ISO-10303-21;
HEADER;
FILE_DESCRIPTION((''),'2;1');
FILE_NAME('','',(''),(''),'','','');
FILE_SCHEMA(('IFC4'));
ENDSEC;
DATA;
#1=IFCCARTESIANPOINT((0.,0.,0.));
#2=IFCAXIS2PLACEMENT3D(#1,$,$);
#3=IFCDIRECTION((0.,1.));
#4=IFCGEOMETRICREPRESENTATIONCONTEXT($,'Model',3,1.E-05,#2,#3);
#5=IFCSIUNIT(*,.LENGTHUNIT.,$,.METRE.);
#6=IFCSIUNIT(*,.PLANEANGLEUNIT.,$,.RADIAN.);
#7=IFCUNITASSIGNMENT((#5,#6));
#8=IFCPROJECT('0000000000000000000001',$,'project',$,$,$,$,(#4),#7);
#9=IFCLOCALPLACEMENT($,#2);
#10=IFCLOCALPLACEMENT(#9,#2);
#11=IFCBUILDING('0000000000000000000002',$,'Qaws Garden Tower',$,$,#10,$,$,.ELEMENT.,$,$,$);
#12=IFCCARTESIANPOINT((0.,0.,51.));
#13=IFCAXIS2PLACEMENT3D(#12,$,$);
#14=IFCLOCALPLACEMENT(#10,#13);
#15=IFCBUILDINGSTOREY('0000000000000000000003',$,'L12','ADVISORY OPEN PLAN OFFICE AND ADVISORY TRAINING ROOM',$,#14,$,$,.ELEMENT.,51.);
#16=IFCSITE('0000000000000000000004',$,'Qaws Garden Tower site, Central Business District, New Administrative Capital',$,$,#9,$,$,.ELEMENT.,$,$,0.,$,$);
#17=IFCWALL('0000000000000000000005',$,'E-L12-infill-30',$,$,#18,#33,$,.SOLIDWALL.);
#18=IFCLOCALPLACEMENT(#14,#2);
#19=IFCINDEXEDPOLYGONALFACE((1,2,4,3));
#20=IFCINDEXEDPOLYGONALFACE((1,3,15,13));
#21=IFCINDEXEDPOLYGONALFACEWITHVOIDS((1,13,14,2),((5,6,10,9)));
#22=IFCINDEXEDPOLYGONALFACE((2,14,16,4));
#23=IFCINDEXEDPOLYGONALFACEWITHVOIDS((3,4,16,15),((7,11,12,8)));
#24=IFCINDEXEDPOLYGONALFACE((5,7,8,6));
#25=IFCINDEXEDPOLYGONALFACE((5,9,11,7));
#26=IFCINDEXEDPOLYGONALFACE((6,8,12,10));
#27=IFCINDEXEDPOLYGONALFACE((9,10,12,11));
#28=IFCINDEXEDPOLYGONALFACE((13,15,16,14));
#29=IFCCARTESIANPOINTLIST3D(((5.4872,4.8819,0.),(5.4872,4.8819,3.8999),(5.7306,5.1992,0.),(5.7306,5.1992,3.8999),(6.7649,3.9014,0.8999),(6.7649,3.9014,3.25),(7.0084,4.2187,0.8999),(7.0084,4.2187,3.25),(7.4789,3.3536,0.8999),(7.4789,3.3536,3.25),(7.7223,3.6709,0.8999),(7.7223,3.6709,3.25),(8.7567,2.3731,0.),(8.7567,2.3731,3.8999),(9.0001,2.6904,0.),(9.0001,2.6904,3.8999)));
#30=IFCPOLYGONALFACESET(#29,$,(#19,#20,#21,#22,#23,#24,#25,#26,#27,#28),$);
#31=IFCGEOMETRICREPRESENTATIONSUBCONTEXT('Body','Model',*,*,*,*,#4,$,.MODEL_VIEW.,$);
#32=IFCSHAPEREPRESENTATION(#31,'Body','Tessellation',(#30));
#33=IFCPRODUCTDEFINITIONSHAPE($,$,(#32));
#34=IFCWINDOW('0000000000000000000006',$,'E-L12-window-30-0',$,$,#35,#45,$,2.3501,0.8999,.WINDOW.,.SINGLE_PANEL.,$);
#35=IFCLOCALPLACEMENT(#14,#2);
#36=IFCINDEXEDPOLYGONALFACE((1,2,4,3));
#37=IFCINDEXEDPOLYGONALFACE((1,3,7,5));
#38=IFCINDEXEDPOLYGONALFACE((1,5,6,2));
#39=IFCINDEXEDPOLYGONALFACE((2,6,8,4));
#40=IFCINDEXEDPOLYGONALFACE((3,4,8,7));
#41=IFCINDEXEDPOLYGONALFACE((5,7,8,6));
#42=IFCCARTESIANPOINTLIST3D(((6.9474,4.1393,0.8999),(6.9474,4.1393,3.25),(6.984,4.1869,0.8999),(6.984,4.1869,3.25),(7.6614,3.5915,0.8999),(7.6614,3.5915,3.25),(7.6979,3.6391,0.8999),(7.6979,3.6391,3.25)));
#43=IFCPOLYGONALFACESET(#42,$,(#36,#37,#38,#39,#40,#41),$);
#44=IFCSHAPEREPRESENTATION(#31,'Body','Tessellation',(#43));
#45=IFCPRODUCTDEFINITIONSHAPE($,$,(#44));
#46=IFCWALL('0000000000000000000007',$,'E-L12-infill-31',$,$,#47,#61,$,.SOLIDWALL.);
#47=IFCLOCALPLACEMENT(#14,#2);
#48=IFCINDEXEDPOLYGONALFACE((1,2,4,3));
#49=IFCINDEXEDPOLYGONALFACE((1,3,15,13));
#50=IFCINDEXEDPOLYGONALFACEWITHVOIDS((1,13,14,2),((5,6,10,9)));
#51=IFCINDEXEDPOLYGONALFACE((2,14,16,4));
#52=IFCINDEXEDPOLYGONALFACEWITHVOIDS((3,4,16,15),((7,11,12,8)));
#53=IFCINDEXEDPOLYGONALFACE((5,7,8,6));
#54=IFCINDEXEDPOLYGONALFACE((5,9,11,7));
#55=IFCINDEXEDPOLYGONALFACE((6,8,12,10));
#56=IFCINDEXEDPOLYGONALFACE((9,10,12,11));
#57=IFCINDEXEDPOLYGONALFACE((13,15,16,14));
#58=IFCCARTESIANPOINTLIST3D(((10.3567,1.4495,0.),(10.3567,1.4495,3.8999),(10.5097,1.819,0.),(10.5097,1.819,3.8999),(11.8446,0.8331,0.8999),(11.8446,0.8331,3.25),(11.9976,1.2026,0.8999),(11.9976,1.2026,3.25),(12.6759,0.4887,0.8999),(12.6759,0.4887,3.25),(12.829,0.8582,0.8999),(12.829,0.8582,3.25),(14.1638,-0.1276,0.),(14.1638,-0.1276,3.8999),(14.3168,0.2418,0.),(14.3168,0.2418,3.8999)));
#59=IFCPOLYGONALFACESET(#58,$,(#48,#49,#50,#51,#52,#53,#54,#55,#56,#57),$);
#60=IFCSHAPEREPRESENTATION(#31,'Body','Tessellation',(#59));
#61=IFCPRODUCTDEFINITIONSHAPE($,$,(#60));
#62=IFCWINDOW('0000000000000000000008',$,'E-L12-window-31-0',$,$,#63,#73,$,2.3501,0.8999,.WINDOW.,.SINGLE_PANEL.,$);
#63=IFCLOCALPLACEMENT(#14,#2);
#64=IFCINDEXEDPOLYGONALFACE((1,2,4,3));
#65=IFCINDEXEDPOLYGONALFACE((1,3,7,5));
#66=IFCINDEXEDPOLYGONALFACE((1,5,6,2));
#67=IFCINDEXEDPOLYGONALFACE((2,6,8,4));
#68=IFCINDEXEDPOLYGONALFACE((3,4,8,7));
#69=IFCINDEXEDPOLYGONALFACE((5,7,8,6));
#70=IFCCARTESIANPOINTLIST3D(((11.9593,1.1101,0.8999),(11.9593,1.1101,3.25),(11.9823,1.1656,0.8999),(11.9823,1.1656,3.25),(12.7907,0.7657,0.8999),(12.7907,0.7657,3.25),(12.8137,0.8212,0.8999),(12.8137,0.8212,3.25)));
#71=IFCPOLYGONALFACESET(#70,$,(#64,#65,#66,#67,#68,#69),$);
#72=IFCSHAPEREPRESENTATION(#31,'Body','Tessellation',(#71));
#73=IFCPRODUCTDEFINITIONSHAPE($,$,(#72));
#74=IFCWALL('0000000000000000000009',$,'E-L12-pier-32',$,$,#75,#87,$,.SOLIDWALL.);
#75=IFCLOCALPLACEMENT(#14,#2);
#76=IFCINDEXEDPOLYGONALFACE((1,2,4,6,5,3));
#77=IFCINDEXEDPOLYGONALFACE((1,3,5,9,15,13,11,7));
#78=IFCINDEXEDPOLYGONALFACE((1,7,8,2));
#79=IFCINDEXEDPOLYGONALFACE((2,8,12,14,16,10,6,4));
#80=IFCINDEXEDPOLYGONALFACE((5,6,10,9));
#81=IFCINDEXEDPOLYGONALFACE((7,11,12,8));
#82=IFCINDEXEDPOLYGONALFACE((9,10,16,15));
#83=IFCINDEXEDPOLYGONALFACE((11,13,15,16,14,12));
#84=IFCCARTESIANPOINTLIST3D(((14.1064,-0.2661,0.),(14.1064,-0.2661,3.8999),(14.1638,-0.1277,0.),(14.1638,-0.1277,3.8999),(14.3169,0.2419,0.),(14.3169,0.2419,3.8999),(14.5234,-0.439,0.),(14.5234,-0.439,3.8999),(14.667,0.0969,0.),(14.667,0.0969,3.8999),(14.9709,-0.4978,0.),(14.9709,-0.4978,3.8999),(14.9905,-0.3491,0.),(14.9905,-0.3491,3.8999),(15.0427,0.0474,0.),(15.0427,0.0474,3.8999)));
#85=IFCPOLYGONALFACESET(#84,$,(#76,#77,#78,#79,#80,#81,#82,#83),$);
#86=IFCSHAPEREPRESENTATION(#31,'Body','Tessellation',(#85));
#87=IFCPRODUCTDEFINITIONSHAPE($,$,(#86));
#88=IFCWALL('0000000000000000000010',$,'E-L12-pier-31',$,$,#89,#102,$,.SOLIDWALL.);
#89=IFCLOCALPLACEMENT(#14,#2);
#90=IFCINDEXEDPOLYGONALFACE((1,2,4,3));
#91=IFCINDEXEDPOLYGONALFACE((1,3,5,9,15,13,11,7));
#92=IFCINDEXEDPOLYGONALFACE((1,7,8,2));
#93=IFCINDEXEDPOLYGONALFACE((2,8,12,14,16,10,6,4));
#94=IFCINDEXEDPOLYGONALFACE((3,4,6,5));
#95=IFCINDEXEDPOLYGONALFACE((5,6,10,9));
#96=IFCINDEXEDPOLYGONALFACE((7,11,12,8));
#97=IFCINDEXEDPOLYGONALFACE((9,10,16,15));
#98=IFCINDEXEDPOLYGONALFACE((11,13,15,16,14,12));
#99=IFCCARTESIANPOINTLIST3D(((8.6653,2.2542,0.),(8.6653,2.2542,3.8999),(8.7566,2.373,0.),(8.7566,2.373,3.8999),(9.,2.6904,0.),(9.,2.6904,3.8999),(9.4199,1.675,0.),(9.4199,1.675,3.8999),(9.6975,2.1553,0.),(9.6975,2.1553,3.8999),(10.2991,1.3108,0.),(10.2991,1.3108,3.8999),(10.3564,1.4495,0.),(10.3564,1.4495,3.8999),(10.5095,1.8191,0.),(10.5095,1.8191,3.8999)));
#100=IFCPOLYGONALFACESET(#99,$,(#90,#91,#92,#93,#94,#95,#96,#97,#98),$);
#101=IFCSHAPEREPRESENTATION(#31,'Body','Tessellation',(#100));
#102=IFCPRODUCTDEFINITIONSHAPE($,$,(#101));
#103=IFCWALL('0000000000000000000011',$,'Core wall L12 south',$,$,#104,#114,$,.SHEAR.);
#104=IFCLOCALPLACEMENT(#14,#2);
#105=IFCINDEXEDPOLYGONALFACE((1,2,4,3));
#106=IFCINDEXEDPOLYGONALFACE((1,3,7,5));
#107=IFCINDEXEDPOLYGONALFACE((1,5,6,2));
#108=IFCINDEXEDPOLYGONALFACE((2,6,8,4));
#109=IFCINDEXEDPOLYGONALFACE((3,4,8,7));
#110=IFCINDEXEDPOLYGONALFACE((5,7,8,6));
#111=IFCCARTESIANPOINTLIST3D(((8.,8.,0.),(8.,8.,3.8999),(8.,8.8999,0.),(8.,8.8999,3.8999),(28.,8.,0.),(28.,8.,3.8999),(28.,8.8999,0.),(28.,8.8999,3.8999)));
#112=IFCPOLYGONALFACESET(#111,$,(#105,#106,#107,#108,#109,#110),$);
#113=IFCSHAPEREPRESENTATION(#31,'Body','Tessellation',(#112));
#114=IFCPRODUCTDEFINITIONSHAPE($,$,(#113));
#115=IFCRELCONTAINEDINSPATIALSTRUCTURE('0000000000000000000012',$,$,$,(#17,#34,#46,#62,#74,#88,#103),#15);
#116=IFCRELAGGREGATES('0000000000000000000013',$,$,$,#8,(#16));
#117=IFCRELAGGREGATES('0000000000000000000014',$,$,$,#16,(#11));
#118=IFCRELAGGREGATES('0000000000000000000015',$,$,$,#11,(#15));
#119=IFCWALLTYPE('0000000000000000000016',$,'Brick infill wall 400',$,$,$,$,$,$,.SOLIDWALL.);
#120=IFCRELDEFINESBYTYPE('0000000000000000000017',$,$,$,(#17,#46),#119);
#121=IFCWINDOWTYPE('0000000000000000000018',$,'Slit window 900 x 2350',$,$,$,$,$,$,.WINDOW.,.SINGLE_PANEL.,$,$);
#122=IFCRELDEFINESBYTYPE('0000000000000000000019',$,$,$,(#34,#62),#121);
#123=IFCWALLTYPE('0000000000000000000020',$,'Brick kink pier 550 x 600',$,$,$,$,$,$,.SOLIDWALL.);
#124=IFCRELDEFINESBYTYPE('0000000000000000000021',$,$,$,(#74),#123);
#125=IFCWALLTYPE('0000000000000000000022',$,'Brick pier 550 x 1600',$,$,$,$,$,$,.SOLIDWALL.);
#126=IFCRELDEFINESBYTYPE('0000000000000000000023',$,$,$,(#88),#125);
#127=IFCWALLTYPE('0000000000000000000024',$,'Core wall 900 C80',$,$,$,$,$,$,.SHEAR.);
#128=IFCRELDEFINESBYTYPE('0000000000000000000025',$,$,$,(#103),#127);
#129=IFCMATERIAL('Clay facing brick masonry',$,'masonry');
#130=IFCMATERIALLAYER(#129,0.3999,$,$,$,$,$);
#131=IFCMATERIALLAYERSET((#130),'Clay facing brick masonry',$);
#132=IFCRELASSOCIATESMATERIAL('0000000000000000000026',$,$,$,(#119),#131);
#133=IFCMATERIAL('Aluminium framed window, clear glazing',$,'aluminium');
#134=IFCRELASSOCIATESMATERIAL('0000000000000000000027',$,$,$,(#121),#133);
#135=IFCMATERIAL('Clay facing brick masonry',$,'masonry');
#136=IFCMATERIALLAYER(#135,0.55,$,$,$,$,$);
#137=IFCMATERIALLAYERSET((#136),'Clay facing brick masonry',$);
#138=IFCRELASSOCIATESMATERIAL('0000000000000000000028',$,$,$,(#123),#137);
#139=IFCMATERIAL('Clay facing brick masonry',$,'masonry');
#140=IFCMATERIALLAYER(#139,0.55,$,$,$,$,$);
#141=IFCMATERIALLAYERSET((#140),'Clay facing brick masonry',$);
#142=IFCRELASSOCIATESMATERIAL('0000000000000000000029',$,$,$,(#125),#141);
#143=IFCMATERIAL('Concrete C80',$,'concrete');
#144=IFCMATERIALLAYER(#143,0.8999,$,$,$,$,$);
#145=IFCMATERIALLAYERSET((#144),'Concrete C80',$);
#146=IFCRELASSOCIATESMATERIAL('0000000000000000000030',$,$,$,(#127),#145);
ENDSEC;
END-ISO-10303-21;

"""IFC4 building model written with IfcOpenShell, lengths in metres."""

from ifc_helpers import new_model, si_unit, direction, frame, frame_2d, origin, place, context, subcontext, project, spatial, polyline, rectangle, outline, extrude, material, layer, layer_set, type_object, element, fill, save


model = new_model("IFC4")

# Units and contexts
model_context = context("Model", 3, precision=1e-05, world=origin(), true_north=direction((0.0, 1.0)))
body_context = subcontext(model_context, "Body", "Model", "MODEL_VIEW")
ifc_project = project(units=[si_unit("LENGTHUNIT", "METRE"), si_unit("PLANEANGLEUNIT", "RADIAN")], contexts=[model_context])

# Site, building, storey
site_placement = place(None, origin())
site = spatial("IfcSite", under=ifc_project, at=site_placement, Name="Qaws Garden Tower site, Central Business District, New Administrative Capital", CompositionType="ELEMENT", RefElevation=0.0)
building_placement = place(site_placement, origin())
building = spatial("IfcBuilding", under=site, at=building_placement, Name="Qaws Garden Tower", CompositionType="ELEMENT")
storey_placement = place(building_placement, frame((0.0, 0.0, 51.0)))
storey = spatial("IfcBuildingStorey", under=building, at=storey_placement, Name="L12", Description="ADVISORY OPEN PLAN OFFICE AND ADVISORY TRAINING ROOM", CompositionType="ELEMENT", Elevation=51.0)

# Shared definitions
placement_1 = place(storey_placement, origin())

# Walls, openings, windows
ifc_material_1 = material(Name="Clay facing brick masonry", Category="masonry")
ifc_layer_1 = layer(ifc_material_1, 0.3999)
ifc_layer_set_1 = layer_set([ifc_layer_1], Name="Clay facing brick masonry")
wall_type_1 = type_object("IfcWallType", Name="Brick infill wall 400", PredefinedType="SOLIDWALL", material=ifc_layer_set_1)
ifc_material_2 = material(Name="Aluminium framed window, clear glazing", Category="aluminium")
window_type = type_object("IfcWindowType", Name="Slit window 900 x 2350", PartitioningType="SINGLE_PANEL", PredefinedType="WINDOW", material=ifc_material_2)
wall_1_placement = place(storey_placement, frame((5.6089, 5.0405, 0.0), z_axis=(0.0, 0.0, 1.0), x_axis=(0.793355, -0.60876, 0.0)))
wall_1 = element("IfcWall", 1, at=wall_1_placement, inside=storey, type_object=wall_type_1, Name="E-L12-infill-30", PredefinedType="SOLIDWALL", context=body_context, shape_type="SweptSolid", body=[
    extrude(rectangle(XDim=4.1211, YDim=0.3999, at=frame_2d((2.0605, 0.0))), origin(), (0.0, 0.0, 1.0), 3.8999),
])
opening_1_placement = place(wall_1_placement, frame((1.6106, 0.0, 0.8999)))
opening_1 = element("IfcOpeningElement", 2, at=opening_1_placement, cuts=wall_1, PredefinedType="OPENING", context=body_context, shape_type="SweptSolid", body=[
    extrude(rectangle(XDim=0.8999, YDim=2.3501, at=frame_2d((0.45, 1.175))), frame((0.0, 0.21, 0.0), z_axis=(0.0, -1.0, 0.0), x_axis=(1.0, 0.0, 0.0)), (0.0, 0.0, 1.0), 0.4199),
])
window_1_placement = place(opening_1_placement, origin())
window_1 = element("IfcWindow", 3, at=window_1_placement, inside=storey, type_object=window_type, Name="E-L12-window-30-0", OverallHeight=2.3501, OverallWidth=0.8999, PartitioningType="SINGLE_PANEL", PredefinedType="WINDOW", context=body_context, shape_type="SweptSolid", body=[
    extrude(rectangle(XDim=0.8999, YDim=2.3501, at=frame_2d((0.45, 1.175))), frame((0.0, 0.1599, 0.0), z_axis=(0.0, -1.0, 0.0), x_axis=(1.0, 0.0, 0.0)), (0.0, 0.0, 1.0), 0.0601),
])
fill(opening_1, window_1)
wall_2_placement = place(storey_placement, frame((10.4331, 1.6343, 0.0), z_axis=(0.0, 0.0, 1.0), x_axis=(0.923864, -0.382722, 0.0)))
wall_2 = element("IfcWall", 4, at=wall_2_placement, inside=storey, type_object=wall_type_1, Name="E-L12-infill-31", PredefinedType="SOLIDWALL", context=body_context, shape_type="SweptSolid", body=[
    extrude(rectangle(XDim=4.1208, YDim=0.3999, at=frame_2d((2.0605, 0.0))), origin(), (0.0, 0.0, 1.0), 3.8999),
])
opening_2_placement = place(wall_2_placement, frame((1.6106, 0.0, 0.8999)))
opening_2 = element("IfcOpeningElement", 5, at=opening_2_placement, cuts=wall_2, PredefinedType="OPENING", context=body_context, shape_type="SweptSolid", body=[
    extrude(rectangle(XDim=0.8999, YDim=2.3501, at=frame_2d((0.45, 1.175))), frame((0.0, 0.21, 0.0), z_axis=(0.0, -1.0, 0.0), x_axis=(1.0, 0.0, 0.0)), (0.0, 0.0, 1.0), 0.4199),
])
window_2_placement = place(opening_2_placement, origin())
window_2 = element("IfcWindow", 6, at=window_2_placement, inside=storey, type_object=window_type, Name="E-L12-window-31-0", OverallHeight=2.3501, OverallWidth=0.8999, PartitioningType="SINGLE_PANEL", PredefinedType="WINDOW", context=body_context, shape_type="SweptSolid", body=[
    extrude(rectangle(XDim=0.8999, YDim=2.3501, at=frame_2d((0.45, 1.175))), frame((0.0, 0.1599, 0.0), z_axis=(0.0, -1.0, 0.0), x_axis=(1.0, 0.0, 0.0)), (0.0, 0.0, 1.0), 0.0601),
])
fill(opening_2, window_2)

# Walls
ifc_material_3 = material(Name="Clay facing brick masonry", Category="masonry")
ifc_layer_2 = layer(ifc_material_3, 0.55)
ifc_layer_set_2 = layer_set([ifc_layer_2], Name="Clay facing brick masonry")
wall_type_2 = type_object("IfcWallType", Name="Brick kink pier 550 x 600", PredefinedType="SOLIDWALL", material=ifc_layer_set_2)
element("IfcWall", 7, at=placement_1, inside=storey, type_object=wall_type_2, Name="E-L12-pier-32", PredefinedType="SOLIDWALL", context=body_context, shape_type="SweptSolid", body=[
    extrude(outline(polyline([(14.1638, -0.1277), (14.1064, -0.2661), (14.5234, -0.439), (14.9709, -0.4978), (14.9905, -0.3491), (15.0427, 0.0474), (14.667, 0.0969), (14.3169, 0.2419), (14.1638, -0.1277)])), origin(), (0.0, 0.0, 1.0), 3.8999),
])
ifc_material_4 = material(Name="Clay facing brick masonry", Category="masonry")
ifc_layer_3 = layer(ifc_material_4, 0.55)
ifc_layer_set_3 = layer_set([ifc_layer_3], Name="Clay facing brick masonry")
wall_type_3 = type_object("IfcWallType", Name="Brick pier 550 x 1600", PredefinedType="SOLIDWALL", material=ifc_layer_set_3)
element("IfcWall", 8, at=placement_1, inside=storey, type_object=wall_type_3, Name="E-L12-pier-31", PredefinedType="SOLIDWALL", context=body_context, shape_type="SweptSolid", body=[
    extrude(outline(polyline([(8.7566, 2.373), (8.6653, 2.2542), (9.4199, 1.675), (10.2991, 1.3108), (10.3564, 1.4495), (10.5095, 1.8191), (9.6975, 2.1553), (9.0, 2.6904), (8.7566, 2.373)])), origin(), (0.0, 0.0, 1.0), 3.8999),
])
ifc_material_5 = material(Name="Concrete C80", Category="concrete")
ifc_layer_4 = layer(ifc_material_5, 0.8999)
ifc_layer_set_4 = layer_set([ifc_layer_4], Name="Concrete C80")
wall_type_4 = type_object("IfcWallType", Name="Core wall 900 C80", PredefinedType="SHEAR", material=ifc_layer_set_4)
wall_3_placement = place(storey_placement, frame((8.0, 8.45, 0.0), z_axis=(0.0, 0.0, 1.0), x_axis=(1.0, 0.0, 0.0)))
element("IfcWall", 9, at=wall_3_placement, inside=storey, type_object=wall_type_4, Name="Core wall L12 south", PredefinedType="SHEAR", context=body_context, shape_type="SweptSolid", body=[
    extrude(rectangle(XDim=20.0, YDim=0.8999, at=frame_2d((10.0, 0.0))), origin(), (0.0, 0.0, 1.0), 3.8999),
])

save(model, "model.ifc")
